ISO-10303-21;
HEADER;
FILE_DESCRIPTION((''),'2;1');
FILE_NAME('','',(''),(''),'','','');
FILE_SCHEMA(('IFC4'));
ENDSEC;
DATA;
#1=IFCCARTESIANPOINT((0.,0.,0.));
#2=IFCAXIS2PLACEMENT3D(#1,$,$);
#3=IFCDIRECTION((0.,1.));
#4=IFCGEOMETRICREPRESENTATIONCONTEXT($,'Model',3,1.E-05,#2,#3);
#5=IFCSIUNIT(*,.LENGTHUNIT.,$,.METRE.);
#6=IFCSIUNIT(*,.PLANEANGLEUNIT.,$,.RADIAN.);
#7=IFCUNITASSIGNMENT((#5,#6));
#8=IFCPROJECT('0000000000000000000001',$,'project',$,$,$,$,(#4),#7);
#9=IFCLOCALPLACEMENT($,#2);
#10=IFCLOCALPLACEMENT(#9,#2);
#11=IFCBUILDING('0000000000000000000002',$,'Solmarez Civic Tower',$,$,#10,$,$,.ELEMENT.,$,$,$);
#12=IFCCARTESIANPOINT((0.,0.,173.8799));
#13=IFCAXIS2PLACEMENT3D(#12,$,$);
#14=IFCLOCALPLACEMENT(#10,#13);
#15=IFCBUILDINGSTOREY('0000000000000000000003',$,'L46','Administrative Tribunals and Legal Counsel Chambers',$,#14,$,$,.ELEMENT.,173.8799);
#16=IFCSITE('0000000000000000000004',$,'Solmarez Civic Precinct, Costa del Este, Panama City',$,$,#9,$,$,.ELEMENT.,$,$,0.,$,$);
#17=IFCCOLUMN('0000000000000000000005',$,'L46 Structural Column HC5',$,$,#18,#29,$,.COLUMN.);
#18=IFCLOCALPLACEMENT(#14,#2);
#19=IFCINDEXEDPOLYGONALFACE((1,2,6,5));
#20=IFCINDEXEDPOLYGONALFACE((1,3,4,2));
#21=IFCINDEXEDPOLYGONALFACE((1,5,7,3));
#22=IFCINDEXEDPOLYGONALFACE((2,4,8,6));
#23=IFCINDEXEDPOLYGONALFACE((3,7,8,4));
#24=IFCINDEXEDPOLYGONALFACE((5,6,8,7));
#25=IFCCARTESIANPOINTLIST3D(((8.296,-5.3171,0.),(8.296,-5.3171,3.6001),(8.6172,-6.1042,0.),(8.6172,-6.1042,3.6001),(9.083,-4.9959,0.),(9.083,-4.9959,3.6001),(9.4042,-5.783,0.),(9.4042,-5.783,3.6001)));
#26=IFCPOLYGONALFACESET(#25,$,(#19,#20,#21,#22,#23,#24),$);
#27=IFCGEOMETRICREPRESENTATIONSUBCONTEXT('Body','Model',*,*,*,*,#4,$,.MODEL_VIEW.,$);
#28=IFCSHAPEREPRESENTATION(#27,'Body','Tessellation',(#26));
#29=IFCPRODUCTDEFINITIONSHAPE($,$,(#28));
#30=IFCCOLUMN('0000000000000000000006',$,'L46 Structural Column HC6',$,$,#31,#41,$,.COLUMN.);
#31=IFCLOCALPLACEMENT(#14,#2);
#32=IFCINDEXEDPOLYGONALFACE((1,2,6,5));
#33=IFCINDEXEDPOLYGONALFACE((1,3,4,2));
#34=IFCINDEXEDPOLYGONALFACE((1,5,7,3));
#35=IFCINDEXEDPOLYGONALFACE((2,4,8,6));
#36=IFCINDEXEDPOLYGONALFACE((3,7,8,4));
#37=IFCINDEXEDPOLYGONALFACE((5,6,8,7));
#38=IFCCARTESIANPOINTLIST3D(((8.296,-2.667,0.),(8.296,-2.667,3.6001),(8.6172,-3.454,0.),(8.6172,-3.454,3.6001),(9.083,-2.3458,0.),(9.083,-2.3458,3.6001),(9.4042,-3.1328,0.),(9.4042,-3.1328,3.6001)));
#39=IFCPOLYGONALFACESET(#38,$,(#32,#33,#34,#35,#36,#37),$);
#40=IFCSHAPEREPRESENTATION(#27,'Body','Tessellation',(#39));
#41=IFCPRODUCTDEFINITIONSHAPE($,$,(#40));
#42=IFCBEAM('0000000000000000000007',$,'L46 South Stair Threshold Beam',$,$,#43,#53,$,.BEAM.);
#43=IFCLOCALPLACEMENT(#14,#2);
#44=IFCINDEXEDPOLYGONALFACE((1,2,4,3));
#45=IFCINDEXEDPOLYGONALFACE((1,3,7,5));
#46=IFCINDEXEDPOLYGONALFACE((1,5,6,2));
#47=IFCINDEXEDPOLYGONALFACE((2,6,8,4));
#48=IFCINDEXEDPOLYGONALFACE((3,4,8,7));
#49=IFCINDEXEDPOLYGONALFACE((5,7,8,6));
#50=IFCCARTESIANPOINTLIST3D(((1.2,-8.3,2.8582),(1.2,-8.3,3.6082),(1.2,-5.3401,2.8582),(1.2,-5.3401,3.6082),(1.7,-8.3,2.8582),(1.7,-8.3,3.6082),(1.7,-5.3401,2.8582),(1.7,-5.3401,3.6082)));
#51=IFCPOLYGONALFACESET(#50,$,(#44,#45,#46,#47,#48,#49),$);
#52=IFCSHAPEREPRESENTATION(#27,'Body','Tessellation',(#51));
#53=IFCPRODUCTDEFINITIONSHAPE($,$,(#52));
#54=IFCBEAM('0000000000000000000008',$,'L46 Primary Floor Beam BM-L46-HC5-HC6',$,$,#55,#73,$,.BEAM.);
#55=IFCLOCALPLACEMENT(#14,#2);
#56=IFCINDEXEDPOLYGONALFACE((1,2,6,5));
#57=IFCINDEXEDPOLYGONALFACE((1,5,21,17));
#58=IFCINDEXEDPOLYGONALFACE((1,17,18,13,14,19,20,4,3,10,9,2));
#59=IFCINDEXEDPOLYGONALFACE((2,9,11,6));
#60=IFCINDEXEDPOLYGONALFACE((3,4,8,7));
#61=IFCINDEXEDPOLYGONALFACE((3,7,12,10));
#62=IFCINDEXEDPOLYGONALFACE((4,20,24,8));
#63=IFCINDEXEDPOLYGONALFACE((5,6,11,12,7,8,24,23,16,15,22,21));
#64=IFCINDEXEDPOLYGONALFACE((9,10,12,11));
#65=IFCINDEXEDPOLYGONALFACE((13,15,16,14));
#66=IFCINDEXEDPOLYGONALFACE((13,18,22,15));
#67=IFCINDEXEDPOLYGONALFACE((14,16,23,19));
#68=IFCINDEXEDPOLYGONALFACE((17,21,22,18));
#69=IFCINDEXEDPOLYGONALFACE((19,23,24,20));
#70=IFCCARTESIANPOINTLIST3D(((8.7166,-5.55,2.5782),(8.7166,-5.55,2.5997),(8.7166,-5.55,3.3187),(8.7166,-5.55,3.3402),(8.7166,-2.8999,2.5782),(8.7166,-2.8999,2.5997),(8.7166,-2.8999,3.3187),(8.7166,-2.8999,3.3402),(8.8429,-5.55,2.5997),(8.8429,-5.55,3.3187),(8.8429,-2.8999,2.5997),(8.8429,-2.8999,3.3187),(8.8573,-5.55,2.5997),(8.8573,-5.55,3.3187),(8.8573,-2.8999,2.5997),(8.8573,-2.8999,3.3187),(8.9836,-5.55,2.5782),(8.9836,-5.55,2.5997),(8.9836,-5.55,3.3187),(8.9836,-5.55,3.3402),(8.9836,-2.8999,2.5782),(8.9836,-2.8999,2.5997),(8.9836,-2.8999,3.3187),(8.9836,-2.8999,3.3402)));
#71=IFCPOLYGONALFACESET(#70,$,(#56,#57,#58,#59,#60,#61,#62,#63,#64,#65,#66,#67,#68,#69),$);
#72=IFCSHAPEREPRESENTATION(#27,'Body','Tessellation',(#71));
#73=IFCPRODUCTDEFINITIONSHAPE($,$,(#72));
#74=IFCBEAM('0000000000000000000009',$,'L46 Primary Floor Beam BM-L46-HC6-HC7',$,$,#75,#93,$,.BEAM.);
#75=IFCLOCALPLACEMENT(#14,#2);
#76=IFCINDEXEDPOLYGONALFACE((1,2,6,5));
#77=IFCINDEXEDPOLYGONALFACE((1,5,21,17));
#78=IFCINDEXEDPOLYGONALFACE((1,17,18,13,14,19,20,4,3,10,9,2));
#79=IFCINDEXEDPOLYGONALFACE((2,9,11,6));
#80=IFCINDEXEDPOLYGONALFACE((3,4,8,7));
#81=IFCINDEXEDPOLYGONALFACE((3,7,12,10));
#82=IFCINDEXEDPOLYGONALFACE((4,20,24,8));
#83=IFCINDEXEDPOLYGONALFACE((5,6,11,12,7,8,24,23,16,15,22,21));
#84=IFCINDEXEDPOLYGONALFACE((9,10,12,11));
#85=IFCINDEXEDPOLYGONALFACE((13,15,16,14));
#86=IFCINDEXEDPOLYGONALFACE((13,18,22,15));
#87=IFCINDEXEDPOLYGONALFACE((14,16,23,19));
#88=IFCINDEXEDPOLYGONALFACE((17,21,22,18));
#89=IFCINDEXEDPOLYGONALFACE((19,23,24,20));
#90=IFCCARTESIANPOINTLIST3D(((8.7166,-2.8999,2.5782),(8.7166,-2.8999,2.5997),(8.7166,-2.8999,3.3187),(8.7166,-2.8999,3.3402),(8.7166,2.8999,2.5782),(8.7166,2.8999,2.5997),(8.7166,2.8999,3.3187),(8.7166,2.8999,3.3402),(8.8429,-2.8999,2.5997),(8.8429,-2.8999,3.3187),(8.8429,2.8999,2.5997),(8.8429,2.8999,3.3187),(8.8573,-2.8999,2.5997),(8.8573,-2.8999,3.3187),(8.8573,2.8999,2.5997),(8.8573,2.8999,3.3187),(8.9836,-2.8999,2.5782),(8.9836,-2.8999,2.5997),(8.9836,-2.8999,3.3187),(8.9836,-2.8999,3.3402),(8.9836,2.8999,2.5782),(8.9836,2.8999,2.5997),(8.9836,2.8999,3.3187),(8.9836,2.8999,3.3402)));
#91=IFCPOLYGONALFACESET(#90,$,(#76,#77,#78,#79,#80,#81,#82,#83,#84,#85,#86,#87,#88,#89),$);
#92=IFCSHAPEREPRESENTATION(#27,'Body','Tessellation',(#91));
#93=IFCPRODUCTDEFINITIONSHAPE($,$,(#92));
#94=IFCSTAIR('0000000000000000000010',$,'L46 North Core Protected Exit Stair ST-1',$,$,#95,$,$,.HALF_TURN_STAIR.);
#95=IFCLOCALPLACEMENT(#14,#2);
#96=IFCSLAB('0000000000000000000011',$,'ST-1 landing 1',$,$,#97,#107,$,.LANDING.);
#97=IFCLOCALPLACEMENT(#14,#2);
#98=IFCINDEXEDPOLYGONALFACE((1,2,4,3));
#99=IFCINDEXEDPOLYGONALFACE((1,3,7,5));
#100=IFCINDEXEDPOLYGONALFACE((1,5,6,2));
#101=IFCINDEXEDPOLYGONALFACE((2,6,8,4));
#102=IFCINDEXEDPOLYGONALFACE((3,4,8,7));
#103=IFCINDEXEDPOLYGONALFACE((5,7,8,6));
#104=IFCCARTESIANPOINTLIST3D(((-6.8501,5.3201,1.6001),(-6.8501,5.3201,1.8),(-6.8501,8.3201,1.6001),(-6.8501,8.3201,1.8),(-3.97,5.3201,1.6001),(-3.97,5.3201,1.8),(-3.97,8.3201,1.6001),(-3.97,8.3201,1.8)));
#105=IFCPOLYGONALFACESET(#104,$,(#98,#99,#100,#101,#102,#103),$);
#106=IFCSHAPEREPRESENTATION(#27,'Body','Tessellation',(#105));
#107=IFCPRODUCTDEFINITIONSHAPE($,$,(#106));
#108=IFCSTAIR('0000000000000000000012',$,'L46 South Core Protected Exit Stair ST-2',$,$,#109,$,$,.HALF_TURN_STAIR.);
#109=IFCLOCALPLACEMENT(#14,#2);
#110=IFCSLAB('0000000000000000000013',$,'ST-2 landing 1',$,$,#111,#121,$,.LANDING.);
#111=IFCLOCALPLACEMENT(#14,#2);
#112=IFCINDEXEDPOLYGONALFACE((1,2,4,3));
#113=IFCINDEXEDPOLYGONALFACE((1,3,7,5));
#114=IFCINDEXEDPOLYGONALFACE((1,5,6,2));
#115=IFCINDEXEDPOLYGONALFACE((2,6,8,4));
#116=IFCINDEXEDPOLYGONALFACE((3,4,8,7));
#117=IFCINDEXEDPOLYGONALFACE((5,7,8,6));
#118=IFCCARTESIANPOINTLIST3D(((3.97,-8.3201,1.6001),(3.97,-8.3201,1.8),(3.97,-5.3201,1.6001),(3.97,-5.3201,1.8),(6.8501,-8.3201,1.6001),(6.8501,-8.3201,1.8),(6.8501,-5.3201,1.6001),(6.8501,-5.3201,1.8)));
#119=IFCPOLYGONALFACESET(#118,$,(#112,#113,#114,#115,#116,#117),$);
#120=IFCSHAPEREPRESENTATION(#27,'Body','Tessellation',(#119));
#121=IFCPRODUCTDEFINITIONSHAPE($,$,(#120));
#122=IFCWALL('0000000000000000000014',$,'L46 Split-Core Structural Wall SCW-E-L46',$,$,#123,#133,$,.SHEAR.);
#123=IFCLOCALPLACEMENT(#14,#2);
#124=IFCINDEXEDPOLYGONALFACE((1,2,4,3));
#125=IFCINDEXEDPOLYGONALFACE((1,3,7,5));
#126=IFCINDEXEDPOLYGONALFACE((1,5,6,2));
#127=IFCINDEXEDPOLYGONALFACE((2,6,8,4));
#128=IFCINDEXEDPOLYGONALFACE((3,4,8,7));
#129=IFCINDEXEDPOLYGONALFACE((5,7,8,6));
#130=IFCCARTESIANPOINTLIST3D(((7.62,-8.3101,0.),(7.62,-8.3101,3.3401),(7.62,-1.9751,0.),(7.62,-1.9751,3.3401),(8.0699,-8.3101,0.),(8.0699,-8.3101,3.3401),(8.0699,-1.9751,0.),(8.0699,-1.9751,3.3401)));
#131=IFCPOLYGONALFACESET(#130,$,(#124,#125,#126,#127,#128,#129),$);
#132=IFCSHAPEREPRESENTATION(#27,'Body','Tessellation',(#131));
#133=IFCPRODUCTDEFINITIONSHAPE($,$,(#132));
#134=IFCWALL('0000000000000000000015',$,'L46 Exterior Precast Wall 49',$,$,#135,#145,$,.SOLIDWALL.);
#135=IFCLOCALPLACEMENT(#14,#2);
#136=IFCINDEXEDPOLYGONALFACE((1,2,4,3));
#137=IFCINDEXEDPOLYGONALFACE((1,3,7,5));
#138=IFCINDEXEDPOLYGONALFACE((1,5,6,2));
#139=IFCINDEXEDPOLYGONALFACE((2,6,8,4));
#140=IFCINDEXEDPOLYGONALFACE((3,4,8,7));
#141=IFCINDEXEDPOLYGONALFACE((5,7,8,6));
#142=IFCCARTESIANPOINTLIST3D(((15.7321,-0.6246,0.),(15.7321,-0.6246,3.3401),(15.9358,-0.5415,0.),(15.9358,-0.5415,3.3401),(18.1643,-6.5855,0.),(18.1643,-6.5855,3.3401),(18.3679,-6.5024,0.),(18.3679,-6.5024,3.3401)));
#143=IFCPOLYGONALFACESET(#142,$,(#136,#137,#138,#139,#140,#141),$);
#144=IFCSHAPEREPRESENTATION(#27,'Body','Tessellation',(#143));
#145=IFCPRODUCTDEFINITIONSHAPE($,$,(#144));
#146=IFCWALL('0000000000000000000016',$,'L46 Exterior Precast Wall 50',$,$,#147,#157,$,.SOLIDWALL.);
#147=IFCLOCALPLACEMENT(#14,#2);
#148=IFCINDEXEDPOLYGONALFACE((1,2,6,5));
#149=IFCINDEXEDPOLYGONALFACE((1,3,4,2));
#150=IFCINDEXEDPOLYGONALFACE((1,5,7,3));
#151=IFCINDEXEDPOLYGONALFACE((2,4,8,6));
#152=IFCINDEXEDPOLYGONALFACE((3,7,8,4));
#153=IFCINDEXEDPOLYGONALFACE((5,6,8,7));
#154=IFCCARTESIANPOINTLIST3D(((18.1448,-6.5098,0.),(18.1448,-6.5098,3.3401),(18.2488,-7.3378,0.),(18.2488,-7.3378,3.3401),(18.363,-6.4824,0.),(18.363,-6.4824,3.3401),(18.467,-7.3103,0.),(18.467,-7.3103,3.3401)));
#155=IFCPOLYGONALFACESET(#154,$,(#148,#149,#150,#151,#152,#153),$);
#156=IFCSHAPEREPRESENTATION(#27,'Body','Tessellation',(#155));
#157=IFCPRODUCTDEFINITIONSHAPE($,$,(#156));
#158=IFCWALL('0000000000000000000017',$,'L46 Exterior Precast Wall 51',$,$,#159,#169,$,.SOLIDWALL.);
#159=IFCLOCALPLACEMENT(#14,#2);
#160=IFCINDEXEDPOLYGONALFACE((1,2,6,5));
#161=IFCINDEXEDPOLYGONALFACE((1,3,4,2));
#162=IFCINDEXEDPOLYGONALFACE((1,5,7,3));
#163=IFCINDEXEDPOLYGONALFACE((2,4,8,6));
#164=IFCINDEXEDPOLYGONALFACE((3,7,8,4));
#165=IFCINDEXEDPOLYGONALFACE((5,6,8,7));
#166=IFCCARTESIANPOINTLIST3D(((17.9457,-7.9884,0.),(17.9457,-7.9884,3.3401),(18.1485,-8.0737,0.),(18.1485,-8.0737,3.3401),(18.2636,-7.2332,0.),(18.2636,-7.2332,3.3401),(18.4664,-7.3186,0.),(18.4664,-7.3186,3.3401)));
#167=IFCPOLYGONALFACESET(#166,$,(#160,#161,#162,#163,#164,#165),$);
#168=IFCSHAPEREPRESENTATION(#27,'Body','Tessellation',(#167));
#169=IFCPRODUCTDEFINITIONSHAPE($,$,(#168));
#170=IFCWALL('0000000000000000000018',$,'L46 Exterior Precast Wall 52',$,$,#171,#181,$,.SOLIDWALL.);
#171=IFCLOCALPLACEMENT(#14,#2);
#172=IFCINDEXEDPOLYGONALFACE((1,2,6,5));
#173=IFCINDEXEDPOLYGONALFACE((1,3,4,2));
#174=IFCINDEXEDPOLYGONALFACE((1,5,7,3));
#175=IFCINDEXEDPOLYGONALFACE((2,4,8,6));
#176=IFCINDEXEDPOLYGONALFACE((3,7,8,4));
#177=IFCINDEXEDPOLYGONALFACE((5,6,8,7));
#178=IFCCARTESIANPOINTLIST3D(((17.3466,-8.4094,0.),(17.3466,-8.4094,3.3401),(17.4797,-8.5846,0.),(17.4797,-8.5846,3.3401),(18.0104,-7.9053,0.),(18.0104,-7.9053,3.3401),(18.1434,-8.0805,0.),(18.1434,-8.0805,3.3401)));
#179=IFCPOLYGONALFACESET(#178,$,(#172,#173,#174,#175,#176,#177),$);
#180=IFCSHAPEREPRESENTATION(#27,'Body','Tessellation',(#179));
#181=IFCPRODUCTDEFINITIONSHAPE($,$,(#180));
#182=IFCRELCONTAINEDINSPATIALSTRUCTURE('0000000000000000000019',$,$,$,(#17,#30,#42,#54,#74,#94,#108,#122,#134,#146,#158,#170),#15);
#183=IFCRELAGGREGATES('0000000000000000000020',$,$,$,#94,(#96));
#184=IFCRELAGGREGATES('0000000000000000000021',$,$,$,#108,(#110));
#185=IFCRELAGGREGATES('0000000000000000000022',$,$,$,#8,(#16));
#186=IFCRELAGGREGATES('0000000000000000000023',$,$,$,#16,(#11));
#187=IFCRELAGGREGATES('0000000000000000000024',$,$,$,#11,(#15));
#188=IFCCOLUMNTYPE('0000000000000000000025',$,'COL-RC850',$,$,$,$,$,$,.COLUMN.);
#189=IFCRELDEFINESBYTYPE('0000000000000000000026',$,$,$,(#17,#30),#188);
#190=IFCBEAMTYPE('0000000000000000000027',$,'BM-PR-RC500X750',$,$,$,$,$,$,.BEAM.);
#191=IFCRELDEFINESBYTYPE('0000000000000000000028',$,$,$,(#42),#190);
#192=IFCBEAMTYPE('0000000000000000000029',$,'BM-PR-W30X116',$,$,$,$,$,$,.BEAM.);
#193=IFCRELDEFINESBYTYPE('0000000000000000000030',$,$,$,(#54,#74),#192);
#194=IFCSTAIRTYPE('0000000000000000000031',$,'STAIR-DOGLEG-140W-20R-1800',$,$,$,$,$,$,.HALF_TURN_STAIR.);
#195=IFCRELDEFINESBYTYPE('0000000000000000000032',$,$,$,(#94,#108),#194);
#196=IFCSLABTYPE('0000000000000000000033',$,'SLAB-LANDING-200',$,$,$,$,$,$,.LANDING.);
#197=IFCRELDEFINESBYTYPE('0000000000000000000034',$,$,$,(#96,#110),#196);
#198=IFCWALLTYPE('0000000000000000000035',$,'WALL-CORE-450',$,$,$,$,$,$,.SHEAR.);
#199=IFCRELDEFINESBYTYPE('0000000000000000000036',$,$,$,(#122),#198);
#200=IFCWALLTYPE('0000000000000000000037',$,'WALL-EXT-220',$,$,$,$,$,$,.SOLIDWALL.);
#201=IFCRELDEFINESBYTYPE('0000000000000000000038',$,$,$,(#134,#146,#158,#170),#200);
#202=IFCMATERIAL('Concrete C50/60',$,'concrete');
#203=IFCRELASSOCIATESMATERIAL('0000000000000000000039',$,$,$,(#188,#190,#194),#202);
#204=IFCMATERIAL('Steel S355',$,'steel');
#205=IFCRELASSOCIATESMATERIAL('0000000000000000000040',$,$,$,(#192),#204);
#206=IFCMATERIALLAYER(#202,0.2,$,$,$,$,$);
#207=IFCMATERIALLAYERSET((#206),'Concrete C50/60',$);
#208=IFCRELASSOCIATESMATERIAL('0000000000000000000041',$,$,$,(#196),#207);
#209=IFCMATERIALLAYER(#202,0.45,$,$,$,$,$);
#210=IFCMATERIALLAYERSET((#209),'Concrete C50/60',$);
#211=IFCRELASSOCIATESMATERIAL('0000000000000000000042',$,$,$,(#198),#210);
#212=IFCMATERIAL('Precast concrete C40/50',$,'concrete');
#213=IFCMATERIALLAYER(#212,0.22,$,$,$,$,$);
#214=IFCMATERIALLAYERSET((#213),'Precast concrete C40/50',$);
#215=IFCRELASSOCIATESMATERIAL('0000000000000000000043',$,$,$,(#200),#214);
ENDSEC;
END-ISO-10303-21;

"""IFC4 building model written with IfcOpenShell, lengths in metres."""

from ifc_helpers import new_model, si_unit, direction, frame, frame_2d, origin, origin_2d, place, context, subcontext, project, spatial, polyline, rectangle, i_section, outline, extrude, material, layer, layer_set, material_profile, profile_set, type_object, element, aggregate, save


model = new_model("IFC4")

# Units and contexts
model_context = context("Model", 3, precision=1e-05, world=origin(), true_north=direction((0.0, 1.0)))
body_context = subcontext(model_context, "Body", "Model", "MODEL_VIEW")
ifc_project = project(units=[si_unit("LENGTHUNIT", "METRE"), si_unit("PLANEANGLEUNIT", "RADIAN")], contexts=[model_context])

# Site, building, storey
site_placement = place(None, origin())
site = spatial("IfcSite", under=ifc_project, at=site_placement, Name="Solmarez Civic Precinct, Costa del Este, Panama City", CompositionType="ELEMENT", RefElevation=0.0)
building_placement = place(site_placement, origin())
building = spatial("IfcBuilding", under=site, at=building_placement, Name="Solmarez Civic Tower", CompositionType="ELEMENT")
storey_placement = place(building_placement, frame((0.0, 0.0, 173.8799)))
storey = spatial("IfcBuildingStorey", under=building, at=storey_placement, Name="L46", Description="Administrative Tribunals and Legal Counsel Chambers", CompositionType="ELEMENT", Elevation=173.8799)

# Columns
ifc_material_1 = material(Name="Concrete C50/60", Category="concrete")
ifc_material_profile_1 = material_profile(ifc_material_1, rectangle(XDim=0.8501, YDim=0.8501, at=origin_2d()), Name="RC850X850")
ifc_profile_set_1 = profile_set([ifc_material_profile_1], Name="Concrete C50/60")
column_type = type_object("IfcColumnType", Name="COL-RC850", PredefinedType="COLUMN", material=ifc_profile_set_1)
for number, where, z_axis, x_axis, name in (
    (1, (8.8501, -5.55, 0.0), (0.0, 0.0, 1.0), (0.925871, 0.377841, 0.0), "L46 Structural Column HC5"),
    (2, (8.8501, -2.8999, 0.0), (0.0, 0.0, 1.0), (0.925871, 0.377841, 0.0), "L46 Structural Column HC6"),
):
    element("IfcColumn", number, at=place(storey_placement, frame(where, z_axis=z_axis, x_axis=x_axis)), inside=storey, type_object=column_type, Name=name, PredefinedType="COLUMN", context=body_context, shape_type="SweptSolid", body=[
        extrude(rectangle(XDim=0.8501, YDim=0.8501, at=origin_2d()), origin(), (0.0, 0.0, 1.0), 3.6001),
    ])

# Beams
ifc_material_profile_2 = material_profile(ifc_material_1, rectangle(XDim=0.5, YDim=0.75, at=origin_2d()), Name="RC500X750")
ifc_profile_set_2 = profile_set([ifc_material_profile_2], Name="Concrete C50/60")
beam_type_1 = type_object("IfcBeamType", Name="BM-PR-RC500X750", PredefinedType="BEAM", material=ifc_profile_set_2)
beam_1_placement = place(storey_placement, frame((1.45, -8.3, 3.2332), z_axis=(0.0, 1.0, 0.0), x_axis=(-1.0, 0.0, 0.0)))
element("IfcBeam", 3, at=beam_1_placement, inside=storey, type_object=beam_type_1, Name="L46 South Stair Threshold Beam", PredefinedType="BEAM", context=body_context, shape_type="SweptSolid", body=[
    extrude(rectangle(XDim=0.5, YDim=0.75, at=origin_2d()), origin(), (0.0, 0.0, 1.0), 2.96),
])
ifc_material_2 = material(Name="Steel S355", Category="steel")
ifc_material_profile_3 = material_profile(ifc_material_2, i_section(OverallWidth=0.2671, OverallDepth=0.762, WebThickness=0.0144, FlangeThickness=0.0215, at=origin_2d()), Name="W30X116")
ifc_profile_set_3 = profile_set([ifc_material_profile_3], Name="Steel S355")
beam_type_2 = type_object("IfcBeamType", Name="BM-PR-W30X116", PredefinedType="BEAM", material=ifc_profile_set_3)
beam_2_placement = place(storey_placement, frame((8.8501, -5.55, 2.9592), z_axis=(0.0, 1.0, 0.0), x_axis=(-1.0, 0.0, 0.0)))
element("IfcBeam", 4, at=beam_2_placement, inside=storey, type_object=beam_type_2, Name="L46 Primary Floor Beam BM-L46-HC5-HC6", PredefinedType="BEAM", context=body_context, shape_type="SweptSolid", body=[
    extrude(i_section(OverallWidth=0.2671, OverallDepth=0.762, WebThickness=0.0144, FlangeThickness=0.0215, at=origin_2d()), origin(), (0.0, 0.0, 1.0), 2.6501),
])
beam_3_placement = place(storey_placement, frame((8.8501, -2.8999, 2.9592), z_axis=(0.0, 1.0, 0.0), x_axis=(-1.0, 0.0, 0.0)))
element("IfcBeam", 5, at=beam_3_placement, inside=storey, type_object=beam_type_2, Name="L46 Primary Floor Beam BM-L46-HC6-HC7", PredefinedType="BEAM", context=body_context, shape_type="SweptSolid", body=[
    extrude(i_section(OverallWidth=0.2671, OverallDepth=0.762, WebThickness=0.0144, FlangeThickness=0.0215, at=origin_2d()), origin(), (0.0, 0.0, 1.0), 5.7998),
])

# Stairs, slabs
stair_type = type_object("IfcStairType", Name="STAIR-DOGLEG-140W-20R-1800", PredefinedType="HALF_TURN_STAIR", material=ifc_material_1)
stair_1_placement = place(storey_placement, origin())
stair_1 = element("IfcStair", 6, at=stair_1_placement, inside=storey, type_object=stair_type, Name="L46 North Core Protected Exit Stair ST-1", PredefinedType="HALF_TURN_STAIR")
ifc_layer_1 = layer(ifc_material_1, 0.2)
ifc_layer_set_1 = layer_set([ifc_layer_1], Name="Concrete C50/60")
slab_type = type_object("IfcSlabType", Name="SLAB-LANDING-200", PredefinedType="LANDING", material=ifc_layer_set_1)
slab_1_placement = place(storey_placement, frame((0.0, 0.0, 1.6001)))
slab_1 = element("IfcSlab", 7, at=slab_1_placement, type_object=slab_type, Name="ST-1 landing 1", PredefinedType="LANDING", context=body_context, shape_type="SweptSolid", body=[
    extrude(outline(polyline([(-3.97, 8.3201), (-6.8501, 8.3201), (-6.8501, 5.3201), (-3.97, 5.3201), (-3.97, 8.3201)])), origin(), (0.0, 0.0, 1.0), 0.2),
])
aggregate(stair_1, [slab_1])
stair_2_placement = place(storey_placement, origin())
stair_2 = element("IfcStair", 8, at=stair_2_placement, inside=storey, type_object=stair_type, Name="L46 South Core Protected Exit Stair ST-2", PredefinedType="HALF_TURN_STAIR")
slab_2_placement = place(storey_placement, frame((0.0, 0.0, 1.6001)))
slab_2 = element("IfcSlab", 9, at=slab_2_placement, type_object=slab_type, Name="ST-2 landing 1", PredefinedType="LANDING", context=body_context, shape_type="SweptSolid", body=[
    extrude(outline(polyline([(3.97, -8.3201), (6.8501, -8.3201), (6.8501, -5.3201), (3.97, -5.3201), (3.97, -8.3201)])), origin(), (0.0, 0.0, 1.0), 0.2),
])

# Walls
ifc_layer_2 = layer(ifc_material_1, 0.45)
ifc_layer_set_2 = layer_set([ifc_layer_2], Name="Concrete C50/60")
wall_type_1 = type_object("IfcWallType", Name="WALL-CORE-450", PredefinedType="SHEAR", material=ifc_layer_set_2)
wall_1_placement = place(storey_placement, frame((7.845, -1.9751, 0.0), z_axis=(0.0, 0.0, 1.0), x_axis=(0.0, -1.0, 0.0)))
element("IfcWall", 10, at=wall_1_placement, inside=storey, type_object=wall_type_1, Name="L46 Split-Core Structural Wall SCW-E-L46", PredefinedType="SHEAR", context=body_context, shape_type="SweptSolid", body=[
    extrude(rectangle(XDim=6.335, YDim=0.45, at=frame_2d((3.1675, 0.0))), origin(), (0.0, 0.0, 1.0), 3.3401),
])
ifc_material_3 = material(Name="Precast concrete C40/50", Category="concrete")
ifc_layer_3 = layer(ifc_material_3, 0.22)
ifc_layer_set_3 = layer_set([ifc_layer_3], Name="Precast concrete C40/50")
wall_type_2 = type_object("IfcWallType", Name="WALL-EXT-220", PredefinedType="SOLIDWALL", material=ifc_layer_set_3)
wall_2_placement = place(storey_placement, frame((15.834, -0.583, 0.0), z_axis=(0.0, 0.0, 1.0), x_axis=(0.377776, -0.925897, 0.0)))
element("IfcWall", 11, at=wall_2_placement, inside=storey, type_object=wall_type_2, Name="L46 Exterior Precast Wall 49", PredefinedType="SOLIDWALL", context=body_context, shape_type="SweptSolid", body=[
    extrude(rectangle(XDim=6.438, YDim=0.22, at=frame_2d((3.219, 0.0))), origin(), (0.0, 0.0, 1.0), 3.3401),
])
wall_3_placement = place(storey_placement, frame((18.2539, -6.4961, 0.0), z_axis=(0.0, 0.0, 1.0), x_axis=(0.124647, -0.992201, 0.0)))
element("IfcWall", 12, at=wall_3_placement, inside=storey, type_object=wall_type_2, Name="L46 Exterior Precast Wall 50", PredefinedType="SOLIDWALL", context=body_context, shape_type="SweptSolid", body=[
    extrude(rectangle(XDim=0.8345, YDim=0.22, at=frame_2d((0.4172, 0.0))), origin(), (0.0, 0.0, 1.0), 3.3401),
])
wall_4_placement = place(storey_placement, frame((18.365, -7.2759, 0.0), z_axis=(0.0, 0.0, 1.0), x_axis=(-0.387977, -0.921669, 0.0)))
element("IfcWall", 13, at=wall_4_placement, inside=storey, type_object=wall_type_2, Name="L46 Exterior Precast Wall 51", PredefinedType="SOLIDWALL", context=body_context, shape_type="SweptSolid", body=[
    extrude(rectangle(XDim=0.8193, YDim=0.22, at=frame_2d((0.4097, 0.0))), origin(), (0.0, 0.0, 1.0), 3.3401),
])
wall_5_placement = place(storey_placement, frame((18.0769, -7.9929, 0.0), z_axis=(0.0, 0.0, 1.0), x_axis=(-0.796365, -0.604816, 0.0)))
element("IfcWall", 14, at=wall_5_placement, inside=storey, type_object=wall_type_2, Name="L46 Exterior Precast Wall 52", PredefinedType="SOLIDWALL", context=body_context, shape_type="SweptSolid", body=[
    extrude(rectangle(XDim=0.8335, YDim=0.22, at=frame_2d((0.4167, 0.0))), origin(), (0.0, 0.0, 1.0), 3.3401),
])

aggregate(stair_2, [slab_2])

save(model, "model.ifc")
